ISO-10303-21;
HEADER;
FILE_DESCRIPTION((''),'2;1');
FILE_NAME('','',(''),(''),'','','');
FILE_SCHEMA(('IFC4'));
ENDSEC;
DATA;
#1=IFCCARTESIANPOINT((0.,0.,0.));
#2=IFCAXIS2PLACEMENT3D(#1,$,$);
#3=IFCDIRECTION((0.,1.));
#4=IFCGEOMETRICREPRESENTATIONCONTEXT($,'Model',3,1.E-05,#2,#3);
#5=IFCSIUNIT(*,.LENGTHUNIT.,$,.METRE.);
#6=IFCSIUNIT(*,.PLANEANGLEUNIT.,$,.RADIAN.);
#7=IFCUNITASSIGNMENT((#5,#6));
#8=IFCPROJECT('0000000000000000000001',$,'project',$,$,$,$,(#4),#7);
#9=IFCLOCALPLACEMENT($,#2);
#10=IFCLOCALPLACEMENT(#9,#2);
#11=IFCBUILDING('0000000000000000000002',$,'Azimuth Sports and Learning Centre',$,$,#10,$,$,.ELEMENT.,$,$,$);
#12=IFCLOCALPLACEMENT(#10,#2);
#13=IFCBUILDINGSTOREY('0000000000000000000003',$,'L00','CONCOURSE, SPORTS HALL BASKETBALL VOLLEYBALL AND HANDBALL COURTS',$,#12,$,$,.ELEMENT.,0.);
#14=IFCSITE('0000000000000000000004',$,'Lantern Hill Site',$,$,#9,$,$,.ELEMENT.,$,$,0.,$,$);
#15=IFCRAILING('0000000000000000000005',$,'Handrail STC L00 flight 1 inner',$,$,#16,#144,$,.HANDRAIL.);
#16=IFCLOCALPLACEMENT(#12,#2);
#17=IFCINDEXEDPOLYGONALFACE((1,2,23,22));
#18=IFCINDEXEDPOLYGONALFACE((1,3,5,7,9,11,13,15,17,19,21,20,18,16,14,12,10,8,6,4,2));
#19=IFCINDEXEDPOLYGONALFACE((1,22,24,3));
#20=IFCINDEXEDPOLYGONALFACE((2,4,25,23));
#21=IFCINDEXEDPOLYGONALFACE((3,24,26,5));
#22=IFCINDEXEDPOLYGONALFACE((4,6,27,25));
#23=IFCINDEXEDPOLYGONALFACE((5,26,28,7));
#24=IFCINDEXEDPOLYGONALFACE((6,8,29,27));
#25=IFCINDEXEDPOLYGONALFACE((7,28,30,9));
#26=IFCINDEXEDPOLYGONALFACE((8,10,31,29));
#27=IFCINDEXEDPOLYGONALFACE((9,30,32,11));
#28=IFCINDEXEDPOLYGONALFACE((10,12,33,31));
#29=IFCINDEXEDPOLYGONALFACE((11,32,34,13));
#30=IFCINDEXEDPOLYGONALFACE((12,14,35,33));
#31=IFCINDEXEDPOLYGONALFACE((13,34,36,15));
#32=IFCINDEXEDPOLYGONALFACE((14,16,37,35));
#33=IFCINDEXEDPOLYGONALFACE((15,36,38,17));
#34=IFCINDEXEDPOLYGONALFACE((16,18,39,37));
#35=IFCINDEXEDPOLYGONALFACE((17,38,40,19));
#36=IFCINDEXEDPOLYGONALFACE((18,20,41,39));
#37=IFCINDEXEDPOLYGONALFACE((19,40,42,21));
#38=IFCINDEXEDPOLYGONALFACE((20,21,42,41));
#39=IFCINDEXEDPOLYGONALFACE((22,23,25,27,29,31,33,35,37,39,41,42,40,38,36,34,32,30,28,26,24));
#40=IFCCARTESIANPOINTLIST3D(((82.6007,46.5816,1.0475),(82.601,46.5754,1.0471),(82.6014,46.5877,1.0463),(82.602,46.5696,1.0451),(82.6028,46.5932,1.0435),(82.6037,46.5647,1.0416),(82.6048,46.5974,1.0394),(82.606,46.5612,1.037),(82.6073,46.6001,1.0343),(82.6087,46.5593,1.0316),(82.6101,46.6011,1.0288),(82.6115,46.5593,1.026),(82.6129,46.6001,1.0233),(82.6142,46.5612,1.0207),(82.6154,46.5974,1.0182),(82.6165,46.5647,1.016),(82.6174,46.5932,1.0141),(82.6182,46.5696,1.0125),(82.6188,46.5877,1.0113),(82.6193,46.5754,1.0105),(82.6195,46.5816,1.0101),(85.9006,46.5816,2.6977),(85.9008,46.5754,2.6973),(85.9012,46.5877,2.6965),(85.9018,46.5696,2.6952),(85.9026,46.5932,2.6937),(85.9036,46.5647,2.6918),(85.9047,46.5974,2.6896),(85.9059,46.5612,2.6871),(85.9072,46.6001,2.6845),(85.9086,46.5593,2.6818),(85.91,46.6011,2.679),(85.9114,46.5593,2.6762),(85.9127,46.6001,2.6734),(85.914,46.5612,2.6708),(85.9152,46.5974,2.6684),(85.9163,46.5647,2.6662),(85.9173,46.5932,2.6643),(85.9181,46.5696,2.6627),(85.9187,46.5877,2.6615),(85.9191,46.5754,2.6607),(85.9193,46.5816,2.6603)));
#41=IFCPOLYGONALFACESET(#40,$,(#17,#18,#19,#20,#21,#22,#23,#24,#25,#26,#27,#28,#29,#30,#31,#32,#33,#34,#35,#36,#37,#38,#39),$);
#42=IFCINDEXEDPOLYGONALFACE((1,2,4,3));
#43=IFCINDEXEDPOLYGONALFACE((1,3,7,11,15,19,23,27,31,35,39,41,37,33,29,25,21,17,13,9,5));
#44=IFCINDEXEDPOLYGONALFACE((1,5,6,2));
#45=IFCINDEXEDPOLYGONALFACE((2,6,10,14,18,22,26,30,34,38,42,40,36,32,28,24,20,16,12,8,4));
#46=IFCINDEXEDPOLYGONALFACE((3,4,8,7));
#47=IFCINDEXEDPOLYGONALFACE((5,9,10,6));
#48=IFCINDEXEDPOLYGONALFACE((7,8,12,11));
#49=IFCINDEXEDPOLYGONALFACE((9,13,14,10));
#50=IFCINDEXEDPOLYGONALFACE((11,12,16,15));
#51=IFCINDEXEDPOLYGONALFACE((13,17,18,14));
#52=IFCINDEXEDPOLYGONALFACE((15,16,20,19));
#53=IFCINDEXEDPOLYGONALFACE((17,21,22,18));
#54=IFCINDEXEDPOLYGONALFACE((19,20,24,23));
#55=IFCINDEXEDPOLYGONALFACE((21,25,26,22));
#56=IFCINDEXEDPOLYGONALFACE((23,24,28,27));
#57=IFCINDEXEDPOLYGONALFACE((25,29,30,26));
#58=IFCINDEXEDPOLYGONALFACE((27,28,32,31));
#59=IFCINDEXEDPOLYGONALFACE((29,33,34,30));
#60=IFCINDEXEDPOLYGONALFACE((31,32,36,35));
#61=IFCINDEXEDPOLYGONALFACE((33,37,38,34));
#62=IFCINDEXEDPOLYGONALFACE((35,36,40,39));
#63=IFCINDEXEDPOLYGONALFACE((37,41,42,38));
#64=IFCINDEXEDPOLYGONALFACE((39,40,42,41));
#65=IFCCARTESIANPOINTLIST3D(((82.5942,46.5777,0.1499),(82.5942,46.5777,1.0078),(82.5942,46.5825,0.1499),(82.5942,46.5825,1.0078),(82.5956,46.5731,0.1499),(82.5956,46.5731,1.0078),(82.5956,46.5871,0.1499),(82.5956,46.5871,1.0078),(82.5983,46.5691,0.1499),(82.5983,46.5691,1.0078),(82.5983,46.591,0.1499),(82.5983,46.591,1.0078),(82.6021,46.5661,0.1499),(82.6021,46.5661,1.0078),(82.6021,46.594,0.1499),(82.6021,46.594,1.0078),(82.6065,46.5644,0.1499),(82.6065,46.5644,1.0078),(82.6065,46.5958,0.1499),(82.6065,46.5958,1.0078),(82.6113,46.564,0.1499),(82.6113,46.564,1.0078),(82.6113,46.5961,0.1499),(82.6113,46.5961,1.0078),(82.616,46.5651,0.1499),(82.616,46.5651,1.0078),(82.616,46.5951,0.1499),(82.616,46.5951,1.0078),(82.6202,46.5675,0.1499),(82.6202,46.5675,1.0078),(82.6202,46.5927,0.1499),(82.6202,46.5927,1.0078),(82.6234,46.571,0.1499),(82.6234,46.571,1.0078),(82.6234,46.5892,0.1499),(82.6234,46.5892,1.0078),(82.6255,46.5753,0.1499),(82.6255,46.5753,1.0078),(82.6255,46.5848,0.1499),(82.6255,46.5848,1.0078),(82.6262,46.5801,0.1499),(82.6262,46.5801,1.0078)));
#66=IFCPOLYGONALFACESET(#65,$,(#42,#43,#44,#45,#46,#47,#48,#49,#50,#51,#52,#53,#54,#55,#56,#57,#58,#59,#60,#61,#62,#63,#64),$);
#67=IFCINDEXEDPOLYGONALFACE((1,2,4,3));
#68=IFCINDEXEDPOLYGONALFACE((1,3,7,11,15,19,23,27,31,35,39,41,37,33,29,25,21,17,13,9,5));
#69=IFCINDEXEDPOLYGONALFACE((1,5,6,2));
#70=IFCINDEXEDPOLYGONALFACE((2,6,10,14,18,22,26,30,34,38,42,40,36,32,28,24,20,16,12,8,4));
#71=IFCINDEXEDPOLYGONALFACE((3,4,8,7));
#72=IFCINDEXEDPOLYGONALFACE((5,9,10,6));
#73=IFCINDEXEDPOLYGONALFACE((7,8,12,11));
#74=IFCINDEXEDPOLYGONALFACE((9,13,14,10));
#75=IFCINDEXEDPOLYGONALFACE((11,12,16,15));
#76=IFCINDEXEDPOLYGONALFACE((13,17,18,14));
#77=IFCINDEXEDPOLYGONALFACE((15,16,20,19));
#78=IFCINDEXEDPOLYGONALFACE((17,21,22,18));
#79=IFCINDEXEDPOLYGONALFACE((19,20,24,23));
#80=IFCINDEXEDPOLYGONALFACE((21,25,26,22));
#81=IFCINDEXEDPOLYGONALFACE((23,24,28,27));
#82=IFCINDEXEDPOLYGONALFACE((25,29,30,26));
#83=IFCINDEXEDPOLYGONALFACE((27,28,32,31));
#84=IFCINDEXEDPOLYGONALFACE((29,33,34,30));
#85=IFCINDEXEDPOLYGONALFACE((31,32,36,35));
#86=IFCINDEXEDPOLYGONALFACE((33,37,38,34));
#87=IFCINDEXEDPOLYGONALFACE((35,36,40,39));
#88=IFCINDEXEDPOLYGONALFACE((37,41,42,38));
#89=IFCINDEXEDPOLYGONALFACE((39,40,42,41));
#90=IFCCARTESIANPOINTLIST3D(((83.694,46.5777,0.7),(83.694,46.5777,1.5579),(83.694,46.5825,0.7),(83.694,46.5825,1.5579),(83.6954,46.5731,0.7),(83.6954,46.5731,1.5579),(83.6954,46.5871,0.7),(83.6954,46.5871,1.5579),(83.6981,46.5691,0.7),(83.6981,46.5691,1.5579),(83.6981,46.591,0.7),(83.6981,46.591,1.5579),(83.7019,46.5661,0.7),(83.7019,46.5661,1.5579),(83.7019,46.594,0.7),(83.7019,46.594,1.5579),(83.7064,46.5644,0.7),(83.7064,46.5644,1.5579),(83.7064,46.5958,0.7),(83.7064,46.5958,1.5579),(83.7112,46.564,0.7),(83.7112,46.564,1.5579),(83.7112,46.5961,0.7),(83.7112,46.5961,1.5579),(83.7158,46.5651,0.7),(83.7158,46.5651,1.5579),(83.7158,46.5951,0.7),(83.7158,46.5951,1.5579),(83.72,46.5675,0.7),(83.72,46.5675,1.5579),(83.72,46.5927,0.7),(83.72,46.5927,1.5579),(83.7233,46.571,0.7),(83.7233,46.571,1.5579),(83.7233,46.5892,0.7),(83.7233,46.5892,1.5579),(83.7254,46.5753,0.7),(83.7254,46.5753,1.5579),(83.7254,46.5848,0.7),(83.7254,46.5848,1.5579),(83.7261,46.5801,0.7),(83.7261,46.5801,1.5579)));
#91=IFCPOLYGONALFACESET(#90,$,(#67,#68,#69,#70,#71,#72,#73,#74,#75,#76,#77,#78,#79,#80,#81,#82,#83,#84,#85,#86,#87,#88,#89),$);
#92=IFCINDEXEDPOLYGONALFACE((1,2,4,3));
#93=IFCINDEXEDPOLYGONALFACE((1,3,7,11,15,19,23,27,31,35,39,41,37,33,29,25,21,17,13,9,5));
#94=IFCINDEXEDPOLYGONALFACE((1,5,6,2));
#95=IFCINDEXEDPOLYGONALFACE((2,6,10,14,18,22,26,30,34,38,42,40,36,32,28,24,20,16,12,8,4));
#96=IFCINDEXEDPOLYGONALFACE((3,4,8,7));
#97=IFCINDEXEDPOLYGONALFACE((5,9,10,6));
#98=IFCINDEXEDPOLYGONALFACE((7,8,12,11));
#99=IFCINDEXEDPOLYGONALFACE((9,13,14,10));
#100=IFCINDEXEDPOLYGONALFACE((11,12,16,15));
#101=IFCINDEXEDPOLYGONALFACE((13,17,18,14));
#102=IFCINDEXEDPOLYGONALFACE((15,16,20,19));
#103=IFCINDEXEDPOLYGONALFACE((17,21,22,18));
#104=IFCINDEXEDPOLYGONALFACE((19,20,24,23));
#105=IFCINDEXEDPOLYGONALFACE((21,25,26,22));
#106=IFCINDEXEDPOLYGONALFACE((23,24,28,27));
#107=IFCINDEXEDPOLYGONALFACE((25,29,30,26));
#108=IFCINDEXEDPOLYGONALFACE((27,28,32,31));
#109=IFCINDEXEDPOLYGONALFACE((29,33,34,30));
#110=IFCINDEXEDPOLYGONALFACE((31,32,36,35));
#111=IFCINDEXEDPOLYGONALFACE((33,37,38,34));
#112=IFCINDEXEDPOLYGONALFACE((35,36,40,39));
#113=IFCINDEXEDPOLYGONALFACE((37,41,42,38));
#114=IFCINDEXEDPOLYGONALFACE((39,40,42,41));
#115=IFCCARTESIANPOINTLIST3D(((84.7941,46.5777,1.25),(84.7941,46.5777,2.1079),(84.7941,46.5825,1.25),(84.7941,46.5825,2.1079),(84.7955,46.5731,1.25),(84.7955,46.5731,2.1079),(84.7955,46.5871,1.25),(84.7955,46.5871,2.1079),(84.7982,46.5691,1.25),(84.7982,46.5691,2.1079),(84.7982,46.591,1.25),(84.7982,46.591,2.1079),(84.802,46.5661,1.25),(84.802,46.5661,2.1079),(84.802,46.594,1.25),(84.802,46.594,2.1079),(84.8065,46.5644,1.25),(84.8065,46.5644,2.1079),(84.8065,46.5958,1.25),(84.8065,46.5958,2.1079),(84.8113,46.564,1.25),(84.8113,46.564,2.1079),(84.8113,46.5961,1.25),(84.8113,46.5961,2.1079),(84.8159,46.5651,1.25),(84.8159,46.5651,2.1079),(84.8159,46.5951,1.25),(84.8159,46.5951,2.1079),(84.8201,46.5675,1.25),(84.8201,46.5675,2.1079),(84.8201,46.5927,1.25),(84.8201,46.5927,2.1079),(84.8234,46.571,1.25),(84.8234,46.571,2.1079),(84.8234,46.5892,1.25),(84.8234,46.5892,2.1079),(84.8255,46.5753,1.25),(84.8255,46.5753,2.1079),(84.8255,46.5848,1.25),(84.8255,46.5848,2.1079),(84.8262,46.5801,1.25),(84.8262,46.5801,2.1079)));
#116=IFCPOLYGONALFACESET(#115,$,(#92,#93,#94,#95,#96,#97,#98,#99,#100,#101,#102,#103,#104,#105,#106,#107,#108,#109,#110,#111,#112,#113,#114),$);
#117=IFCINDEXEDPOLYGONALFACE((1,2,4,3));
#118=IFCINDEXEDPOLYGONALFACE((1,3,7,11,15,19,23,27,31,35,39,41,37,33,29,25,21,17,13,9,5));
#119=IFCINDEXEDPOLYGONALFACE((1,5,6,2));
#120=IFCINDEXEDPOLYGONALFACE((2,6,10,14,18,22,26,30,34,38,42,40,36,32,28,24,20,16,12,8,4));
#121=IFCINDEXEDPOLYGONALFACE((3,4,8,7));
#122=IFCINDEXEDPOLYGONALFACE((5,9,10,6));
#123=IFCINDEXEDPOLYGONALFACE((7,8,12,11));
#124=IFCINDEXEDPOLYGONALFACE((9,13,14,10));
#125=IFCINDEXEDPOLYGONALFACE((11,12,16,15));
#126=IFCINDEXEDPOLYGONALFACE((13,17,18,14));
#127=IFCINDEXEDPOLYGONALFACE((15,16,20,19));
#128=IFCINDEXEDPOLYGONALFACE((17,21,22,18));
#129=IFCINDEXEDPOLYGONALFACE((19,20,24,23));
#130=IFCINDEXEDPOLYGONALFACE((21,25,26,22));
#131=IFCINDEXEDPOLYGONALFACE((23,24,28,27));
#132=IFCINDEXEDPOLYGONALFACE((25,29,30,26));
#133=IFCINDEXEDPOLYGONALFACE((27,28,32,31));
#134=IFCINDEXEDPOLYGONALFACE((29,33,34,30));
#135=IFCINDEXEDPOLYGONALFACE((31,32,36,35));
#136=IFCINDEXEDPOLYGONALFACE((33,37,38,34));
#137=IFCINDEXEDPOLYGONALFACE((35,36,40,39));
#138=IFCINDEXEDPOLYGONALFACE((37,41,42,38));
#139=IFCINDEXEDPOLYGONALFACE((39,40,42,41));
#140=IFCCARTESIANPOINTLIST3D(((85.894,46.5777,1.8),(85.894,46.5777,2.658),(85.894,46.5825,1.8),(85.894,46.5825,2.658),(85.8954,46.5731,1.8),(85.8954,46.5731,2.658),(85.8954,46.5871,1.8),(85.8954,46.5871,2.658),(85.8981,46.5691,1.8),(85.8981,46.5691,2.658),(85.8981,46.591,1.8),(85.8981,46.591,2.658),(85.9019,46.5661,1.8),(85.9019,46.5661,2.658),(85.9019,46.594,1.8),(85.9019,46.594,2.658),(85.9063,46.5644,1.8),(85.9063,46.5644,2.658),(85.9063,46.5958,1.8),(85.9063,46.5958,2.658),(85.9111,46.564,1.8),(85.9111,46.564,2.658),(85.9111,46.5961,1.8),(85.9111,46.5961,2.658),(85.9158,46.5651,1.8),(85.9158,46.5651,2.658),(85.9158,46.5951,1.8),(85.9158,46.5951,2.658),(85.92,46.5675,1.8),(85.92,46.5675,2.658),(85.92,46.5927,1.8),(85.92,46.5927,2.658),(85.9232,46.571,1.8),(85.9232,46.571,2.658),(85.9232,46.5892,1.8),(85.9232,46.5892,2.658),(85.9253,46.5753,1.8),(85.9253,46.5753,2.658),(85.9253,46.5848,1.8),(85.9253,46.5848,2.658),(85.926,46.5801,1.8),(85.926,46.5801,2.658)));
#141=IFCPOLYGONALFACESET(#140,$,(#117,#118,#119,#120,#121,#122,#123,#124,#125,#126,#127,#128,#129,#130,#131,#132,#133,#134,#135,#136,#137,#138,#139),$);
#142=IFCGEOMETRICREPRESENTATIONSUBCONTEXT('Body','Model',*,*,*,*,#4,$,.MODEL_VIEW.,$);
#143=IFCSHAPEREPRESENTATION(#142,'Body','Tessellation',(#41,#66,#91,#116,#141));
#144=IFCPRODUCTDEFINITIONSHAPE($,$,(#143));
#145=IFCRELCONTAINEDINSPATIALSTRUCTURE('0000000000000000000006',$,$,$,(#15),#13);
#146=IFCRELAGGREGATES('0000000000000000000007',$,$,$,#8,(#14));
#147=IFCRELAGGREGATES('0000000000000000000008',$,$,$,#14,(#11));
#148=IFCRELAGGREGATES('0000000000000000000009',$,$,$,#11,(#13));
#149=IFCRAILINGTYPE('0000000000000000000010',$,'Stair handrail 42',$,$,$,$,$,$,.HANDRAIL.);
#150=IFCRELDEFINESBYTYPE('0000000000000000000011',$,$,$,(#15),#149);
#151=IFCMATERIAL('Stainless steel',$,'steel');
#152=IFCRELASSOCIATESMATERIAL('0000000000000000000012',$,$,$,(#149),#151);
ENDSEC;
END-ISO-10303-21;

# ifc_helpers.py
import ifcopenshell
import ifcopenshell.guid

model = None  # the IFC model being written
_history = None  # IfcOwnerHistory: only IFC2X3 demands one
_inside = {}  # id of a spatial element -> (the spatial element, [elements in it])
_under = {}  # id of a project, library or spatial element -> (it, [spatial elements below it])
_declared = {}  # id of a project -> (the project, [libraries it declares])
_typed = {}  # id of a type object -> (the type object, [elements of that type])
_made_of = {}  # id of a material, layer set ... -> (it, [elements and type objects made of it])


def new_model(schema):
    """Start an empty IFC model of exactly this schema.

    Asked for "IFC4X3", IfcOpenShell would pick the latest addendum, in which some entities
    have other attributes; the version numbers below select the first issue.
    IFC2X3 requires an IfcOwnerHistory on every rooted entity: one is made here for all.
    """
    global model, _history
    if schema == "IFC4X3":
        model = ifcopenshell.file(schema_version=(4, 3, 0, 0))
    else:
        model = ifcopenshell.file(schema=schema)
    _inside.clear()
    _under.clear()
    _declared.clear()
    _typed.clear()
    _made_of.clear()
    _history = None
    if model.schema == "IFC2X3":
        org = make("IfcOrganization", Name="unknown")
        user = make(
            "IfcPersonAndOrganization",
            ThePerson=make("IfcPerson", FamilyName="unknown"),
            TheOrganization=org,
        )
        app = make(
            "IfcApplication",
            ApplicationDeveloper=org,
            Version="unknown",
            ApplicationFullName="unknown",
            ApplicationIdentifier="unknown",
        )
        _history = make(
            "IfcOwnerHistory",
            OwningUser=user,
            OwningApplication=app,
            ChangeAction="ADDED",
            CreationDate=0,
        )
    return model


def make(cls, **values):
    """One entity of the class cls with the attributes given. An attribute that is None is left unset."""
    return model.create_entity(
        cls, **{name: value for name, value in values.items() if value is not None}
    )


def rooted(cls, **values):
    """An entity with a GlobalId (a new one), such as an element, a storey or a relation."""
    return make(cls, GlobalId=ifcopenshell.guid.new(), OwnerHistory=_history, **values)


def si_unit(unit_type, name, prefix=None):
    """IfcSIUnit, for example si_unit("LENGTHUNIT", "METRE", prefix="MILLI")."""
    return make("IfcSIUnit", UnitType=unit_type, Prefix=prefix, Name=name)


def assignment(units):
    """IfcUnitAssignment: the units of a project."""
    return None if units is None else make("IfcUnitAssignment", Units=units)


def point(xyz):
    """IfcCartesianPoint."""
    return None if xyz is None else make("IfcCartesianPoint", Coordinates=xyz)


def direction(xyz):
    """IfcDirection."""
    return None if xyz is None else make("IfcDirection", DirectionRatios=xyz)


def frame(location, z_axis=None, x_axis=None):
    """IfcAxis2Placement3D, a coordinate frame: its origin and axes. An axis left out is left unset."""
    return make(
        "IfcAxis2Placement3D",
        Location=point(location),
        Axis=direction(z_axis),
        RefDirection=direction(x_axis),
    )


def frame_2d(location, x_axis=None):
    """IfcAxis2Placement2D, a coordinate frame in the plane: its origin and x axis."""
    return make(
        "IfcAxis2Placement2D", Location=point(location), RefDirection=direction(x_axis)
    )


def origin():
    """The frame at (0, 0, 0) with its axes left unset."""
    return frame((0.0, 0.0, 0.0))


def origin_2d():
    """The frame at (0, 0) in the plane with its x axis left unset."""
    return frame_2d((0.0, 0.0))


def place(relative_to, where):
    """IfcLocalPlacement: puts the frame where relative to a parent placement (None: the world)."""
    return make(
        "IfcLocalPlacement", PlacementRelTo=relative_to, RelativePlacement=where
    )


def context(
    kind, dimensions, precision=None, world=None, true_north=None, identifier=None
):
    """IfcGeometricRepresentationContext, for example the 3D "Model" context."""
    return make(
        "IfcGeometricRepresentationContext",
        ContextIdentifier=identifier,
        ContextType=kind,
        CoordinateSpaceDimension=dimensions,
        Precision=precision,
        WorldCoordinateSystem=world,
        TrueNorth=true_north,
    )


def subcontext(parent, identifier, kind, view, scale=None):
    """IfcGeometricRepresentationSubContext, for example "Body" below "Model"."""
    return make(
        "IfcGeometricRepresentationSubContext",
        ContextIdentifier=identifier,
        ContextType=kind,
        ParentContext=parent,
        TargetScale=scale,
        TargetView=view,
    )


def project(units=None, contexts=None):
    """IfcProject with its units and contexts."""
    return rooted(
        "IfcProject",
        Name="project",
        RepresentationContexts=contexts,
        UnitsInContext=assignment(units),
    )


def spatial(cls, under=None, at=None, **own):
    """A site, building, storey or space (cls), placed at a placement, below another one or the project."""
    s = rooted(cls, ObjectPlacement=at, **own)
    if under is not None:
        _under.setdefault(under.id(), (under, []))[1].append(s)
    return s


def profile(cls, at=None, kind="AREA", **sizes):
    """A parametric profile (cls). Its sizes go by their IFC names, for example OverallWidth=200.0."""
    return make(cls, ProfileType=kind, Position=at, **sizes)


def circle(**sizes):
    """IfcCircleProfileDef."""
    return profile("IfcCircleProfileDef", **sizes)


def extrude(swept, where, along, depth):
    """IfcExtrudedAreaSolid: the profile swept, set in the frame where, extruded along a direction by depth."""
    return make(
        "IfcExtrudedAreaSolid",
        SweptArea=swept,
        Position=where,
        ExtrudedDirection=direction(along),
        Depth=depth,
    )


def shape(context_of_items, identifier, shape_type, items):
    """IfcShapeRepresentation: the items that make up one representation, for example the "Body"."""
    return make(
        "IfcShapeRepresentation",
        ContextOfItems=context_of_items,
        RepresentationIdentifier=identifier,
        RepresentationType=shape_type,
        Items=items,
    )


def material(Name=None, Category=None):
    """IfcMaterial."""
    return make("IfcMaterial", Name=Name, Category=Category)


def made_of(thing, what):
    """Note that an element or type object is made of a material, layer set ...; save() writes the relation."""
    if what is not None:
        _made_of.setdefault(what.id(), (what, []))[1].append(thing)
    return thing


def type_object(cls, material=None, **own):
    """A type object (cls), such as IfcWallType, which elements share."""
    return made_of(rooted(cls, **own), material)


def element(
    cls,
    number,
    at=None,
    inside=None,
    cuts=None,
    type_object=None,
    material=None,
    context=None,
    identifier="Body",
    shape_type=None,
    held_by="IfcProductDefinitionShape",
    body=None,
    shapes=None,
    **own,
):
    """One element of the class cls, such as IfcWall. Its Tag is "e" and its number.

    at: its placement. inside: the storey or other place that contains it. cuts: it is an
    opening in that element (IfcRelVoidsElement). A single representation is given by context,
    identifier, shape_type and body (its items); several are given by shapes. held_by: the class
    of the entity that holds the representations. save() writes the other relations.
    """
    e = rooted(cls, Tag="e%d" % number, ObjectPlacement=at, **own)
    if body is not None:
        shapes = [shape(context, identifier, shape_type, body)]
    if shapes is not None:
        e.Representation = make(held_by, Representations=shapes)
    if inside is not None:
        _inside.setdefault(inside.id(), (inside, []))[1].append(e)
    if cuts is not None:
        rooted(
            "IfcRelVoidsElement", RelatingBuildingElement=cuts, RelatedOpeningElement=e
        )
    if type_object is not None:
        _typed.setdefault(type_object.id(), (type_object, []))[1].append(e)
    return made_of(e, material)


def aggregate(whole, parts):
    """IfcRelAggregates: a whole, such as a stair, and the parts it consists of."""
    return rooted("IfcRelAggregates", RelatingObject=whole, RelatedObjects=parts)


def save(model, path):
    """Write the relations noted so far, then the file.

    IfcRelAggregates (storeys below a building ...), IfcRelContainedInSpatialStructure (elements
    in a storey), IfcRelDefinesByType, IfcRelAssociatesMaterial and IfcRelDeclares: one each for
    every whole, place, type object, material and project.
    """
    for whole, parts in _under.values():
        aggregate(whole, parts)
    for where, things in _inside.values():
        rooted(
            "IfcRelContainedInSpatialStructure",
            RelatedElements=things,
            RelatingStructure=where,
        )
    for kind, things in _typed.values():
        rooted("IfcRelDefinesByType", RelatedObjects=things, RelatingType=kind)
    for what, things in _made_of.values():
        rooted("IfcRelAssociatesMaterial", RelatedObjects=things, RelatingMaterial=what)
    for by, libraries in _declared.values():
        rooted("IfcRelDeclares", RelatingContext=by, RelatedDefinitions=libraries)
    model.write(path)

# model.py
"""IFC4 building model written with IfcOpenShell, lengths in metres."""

from ifc_helpers import new_model, si_unit, direction, frame, origin, origin_2d, place, context, subcontext, project, spatial, circle, extrude, material, type_object, element, save


model = new_model("IFC4")

# Units and contexts
model_context = context("Model", 3, precision=1e-05, world=origin(), true_north=direction((0.0, 1.0)))
body_context = subcontext(model_context, "Body", "Model", "MODEL_VIEW")
ifc_project = project(units=[si_unit("LENGTHUNIT", "METRE"), si_unit("PLANEANGLEUNIT", "RADIAN")], contexts=[model_context])

# Site, building, storey
site_placement = place(None, origin())
site = spatial("IfcSite", under=ifc_project, at=site_placement, Name="Lantern Hill Site", CompositionType="ELEMENT", RefElevation=0.0)
building_placement = place(site_placement, origin())
building = spatial("IfcBuilding", under=site, at=building_placement, Name="Azimuth Sports and Learning Centre", CompositionType="ELEMENT")
storey_placement = place(building_placement, origin())
storey = spatial("IfcBuildingStorey", under=building, at=storey_placement, Name="L00", Description="CONCOURSE, SPORTS HALL BASKETBALL VOLLEYBALL AND HANDBALL COURTS", CompositionType="ELEMENT", Elevation=0.0)

# Railing
ifc_material_1 = material(Name="Stainless steel", Category="steel")
railing_type_1 = type_object("IfcRailingType", Name="Stair handrail 42", PredefinedType="HANDRAIL", material=ifc_material_1)
for number, where, name in (
    (1, (82.6101, 46.5801, 0.1499), "Handrail STC L00 flight 1 inner"),
):
    element("IfcRailing", number, at=place(storey_placement, frame(where)), inside=storey, type_object=railing_type_1, Name=name, PredefinedType="HANDRAIL", context=body_context, shape_type="SweptSolid", body=[
        extrude(circle(Radius=0.021, at=origin_2d()), frame((0.0, 0.0, 0.8789), z_axis=(0.894401, 0.0, 0.447267), x_axis=(0.0, 1.0, 0.0)), (0.0, 0.0, 1.0), 3.6895),
        extrude(circle(Radius=0.0161, at=origin_2d()), origin(), (0.0, 0.0, 1.0), 0.8579),
        extrude(circle(Radius=0.0161, at=origin_2d()), frame((1.0999, 0.0, 0.55)), (0.0, 0.0, 1.0), 0.8579),
        extrude(circle(Radius=0.0161, at=origin_2d()), frame((2.2, 0.0, 1.1001)), (0.0, 0.0, 1.0), 0.8579),
        extrude(circle(Radius=0.0161, at=origin_2d()), frame((3.2998, 0.0, 1.6501)), (0.0, 0.0, 1.0), 0.8579),
    ])

save(model, "model.ifc")
